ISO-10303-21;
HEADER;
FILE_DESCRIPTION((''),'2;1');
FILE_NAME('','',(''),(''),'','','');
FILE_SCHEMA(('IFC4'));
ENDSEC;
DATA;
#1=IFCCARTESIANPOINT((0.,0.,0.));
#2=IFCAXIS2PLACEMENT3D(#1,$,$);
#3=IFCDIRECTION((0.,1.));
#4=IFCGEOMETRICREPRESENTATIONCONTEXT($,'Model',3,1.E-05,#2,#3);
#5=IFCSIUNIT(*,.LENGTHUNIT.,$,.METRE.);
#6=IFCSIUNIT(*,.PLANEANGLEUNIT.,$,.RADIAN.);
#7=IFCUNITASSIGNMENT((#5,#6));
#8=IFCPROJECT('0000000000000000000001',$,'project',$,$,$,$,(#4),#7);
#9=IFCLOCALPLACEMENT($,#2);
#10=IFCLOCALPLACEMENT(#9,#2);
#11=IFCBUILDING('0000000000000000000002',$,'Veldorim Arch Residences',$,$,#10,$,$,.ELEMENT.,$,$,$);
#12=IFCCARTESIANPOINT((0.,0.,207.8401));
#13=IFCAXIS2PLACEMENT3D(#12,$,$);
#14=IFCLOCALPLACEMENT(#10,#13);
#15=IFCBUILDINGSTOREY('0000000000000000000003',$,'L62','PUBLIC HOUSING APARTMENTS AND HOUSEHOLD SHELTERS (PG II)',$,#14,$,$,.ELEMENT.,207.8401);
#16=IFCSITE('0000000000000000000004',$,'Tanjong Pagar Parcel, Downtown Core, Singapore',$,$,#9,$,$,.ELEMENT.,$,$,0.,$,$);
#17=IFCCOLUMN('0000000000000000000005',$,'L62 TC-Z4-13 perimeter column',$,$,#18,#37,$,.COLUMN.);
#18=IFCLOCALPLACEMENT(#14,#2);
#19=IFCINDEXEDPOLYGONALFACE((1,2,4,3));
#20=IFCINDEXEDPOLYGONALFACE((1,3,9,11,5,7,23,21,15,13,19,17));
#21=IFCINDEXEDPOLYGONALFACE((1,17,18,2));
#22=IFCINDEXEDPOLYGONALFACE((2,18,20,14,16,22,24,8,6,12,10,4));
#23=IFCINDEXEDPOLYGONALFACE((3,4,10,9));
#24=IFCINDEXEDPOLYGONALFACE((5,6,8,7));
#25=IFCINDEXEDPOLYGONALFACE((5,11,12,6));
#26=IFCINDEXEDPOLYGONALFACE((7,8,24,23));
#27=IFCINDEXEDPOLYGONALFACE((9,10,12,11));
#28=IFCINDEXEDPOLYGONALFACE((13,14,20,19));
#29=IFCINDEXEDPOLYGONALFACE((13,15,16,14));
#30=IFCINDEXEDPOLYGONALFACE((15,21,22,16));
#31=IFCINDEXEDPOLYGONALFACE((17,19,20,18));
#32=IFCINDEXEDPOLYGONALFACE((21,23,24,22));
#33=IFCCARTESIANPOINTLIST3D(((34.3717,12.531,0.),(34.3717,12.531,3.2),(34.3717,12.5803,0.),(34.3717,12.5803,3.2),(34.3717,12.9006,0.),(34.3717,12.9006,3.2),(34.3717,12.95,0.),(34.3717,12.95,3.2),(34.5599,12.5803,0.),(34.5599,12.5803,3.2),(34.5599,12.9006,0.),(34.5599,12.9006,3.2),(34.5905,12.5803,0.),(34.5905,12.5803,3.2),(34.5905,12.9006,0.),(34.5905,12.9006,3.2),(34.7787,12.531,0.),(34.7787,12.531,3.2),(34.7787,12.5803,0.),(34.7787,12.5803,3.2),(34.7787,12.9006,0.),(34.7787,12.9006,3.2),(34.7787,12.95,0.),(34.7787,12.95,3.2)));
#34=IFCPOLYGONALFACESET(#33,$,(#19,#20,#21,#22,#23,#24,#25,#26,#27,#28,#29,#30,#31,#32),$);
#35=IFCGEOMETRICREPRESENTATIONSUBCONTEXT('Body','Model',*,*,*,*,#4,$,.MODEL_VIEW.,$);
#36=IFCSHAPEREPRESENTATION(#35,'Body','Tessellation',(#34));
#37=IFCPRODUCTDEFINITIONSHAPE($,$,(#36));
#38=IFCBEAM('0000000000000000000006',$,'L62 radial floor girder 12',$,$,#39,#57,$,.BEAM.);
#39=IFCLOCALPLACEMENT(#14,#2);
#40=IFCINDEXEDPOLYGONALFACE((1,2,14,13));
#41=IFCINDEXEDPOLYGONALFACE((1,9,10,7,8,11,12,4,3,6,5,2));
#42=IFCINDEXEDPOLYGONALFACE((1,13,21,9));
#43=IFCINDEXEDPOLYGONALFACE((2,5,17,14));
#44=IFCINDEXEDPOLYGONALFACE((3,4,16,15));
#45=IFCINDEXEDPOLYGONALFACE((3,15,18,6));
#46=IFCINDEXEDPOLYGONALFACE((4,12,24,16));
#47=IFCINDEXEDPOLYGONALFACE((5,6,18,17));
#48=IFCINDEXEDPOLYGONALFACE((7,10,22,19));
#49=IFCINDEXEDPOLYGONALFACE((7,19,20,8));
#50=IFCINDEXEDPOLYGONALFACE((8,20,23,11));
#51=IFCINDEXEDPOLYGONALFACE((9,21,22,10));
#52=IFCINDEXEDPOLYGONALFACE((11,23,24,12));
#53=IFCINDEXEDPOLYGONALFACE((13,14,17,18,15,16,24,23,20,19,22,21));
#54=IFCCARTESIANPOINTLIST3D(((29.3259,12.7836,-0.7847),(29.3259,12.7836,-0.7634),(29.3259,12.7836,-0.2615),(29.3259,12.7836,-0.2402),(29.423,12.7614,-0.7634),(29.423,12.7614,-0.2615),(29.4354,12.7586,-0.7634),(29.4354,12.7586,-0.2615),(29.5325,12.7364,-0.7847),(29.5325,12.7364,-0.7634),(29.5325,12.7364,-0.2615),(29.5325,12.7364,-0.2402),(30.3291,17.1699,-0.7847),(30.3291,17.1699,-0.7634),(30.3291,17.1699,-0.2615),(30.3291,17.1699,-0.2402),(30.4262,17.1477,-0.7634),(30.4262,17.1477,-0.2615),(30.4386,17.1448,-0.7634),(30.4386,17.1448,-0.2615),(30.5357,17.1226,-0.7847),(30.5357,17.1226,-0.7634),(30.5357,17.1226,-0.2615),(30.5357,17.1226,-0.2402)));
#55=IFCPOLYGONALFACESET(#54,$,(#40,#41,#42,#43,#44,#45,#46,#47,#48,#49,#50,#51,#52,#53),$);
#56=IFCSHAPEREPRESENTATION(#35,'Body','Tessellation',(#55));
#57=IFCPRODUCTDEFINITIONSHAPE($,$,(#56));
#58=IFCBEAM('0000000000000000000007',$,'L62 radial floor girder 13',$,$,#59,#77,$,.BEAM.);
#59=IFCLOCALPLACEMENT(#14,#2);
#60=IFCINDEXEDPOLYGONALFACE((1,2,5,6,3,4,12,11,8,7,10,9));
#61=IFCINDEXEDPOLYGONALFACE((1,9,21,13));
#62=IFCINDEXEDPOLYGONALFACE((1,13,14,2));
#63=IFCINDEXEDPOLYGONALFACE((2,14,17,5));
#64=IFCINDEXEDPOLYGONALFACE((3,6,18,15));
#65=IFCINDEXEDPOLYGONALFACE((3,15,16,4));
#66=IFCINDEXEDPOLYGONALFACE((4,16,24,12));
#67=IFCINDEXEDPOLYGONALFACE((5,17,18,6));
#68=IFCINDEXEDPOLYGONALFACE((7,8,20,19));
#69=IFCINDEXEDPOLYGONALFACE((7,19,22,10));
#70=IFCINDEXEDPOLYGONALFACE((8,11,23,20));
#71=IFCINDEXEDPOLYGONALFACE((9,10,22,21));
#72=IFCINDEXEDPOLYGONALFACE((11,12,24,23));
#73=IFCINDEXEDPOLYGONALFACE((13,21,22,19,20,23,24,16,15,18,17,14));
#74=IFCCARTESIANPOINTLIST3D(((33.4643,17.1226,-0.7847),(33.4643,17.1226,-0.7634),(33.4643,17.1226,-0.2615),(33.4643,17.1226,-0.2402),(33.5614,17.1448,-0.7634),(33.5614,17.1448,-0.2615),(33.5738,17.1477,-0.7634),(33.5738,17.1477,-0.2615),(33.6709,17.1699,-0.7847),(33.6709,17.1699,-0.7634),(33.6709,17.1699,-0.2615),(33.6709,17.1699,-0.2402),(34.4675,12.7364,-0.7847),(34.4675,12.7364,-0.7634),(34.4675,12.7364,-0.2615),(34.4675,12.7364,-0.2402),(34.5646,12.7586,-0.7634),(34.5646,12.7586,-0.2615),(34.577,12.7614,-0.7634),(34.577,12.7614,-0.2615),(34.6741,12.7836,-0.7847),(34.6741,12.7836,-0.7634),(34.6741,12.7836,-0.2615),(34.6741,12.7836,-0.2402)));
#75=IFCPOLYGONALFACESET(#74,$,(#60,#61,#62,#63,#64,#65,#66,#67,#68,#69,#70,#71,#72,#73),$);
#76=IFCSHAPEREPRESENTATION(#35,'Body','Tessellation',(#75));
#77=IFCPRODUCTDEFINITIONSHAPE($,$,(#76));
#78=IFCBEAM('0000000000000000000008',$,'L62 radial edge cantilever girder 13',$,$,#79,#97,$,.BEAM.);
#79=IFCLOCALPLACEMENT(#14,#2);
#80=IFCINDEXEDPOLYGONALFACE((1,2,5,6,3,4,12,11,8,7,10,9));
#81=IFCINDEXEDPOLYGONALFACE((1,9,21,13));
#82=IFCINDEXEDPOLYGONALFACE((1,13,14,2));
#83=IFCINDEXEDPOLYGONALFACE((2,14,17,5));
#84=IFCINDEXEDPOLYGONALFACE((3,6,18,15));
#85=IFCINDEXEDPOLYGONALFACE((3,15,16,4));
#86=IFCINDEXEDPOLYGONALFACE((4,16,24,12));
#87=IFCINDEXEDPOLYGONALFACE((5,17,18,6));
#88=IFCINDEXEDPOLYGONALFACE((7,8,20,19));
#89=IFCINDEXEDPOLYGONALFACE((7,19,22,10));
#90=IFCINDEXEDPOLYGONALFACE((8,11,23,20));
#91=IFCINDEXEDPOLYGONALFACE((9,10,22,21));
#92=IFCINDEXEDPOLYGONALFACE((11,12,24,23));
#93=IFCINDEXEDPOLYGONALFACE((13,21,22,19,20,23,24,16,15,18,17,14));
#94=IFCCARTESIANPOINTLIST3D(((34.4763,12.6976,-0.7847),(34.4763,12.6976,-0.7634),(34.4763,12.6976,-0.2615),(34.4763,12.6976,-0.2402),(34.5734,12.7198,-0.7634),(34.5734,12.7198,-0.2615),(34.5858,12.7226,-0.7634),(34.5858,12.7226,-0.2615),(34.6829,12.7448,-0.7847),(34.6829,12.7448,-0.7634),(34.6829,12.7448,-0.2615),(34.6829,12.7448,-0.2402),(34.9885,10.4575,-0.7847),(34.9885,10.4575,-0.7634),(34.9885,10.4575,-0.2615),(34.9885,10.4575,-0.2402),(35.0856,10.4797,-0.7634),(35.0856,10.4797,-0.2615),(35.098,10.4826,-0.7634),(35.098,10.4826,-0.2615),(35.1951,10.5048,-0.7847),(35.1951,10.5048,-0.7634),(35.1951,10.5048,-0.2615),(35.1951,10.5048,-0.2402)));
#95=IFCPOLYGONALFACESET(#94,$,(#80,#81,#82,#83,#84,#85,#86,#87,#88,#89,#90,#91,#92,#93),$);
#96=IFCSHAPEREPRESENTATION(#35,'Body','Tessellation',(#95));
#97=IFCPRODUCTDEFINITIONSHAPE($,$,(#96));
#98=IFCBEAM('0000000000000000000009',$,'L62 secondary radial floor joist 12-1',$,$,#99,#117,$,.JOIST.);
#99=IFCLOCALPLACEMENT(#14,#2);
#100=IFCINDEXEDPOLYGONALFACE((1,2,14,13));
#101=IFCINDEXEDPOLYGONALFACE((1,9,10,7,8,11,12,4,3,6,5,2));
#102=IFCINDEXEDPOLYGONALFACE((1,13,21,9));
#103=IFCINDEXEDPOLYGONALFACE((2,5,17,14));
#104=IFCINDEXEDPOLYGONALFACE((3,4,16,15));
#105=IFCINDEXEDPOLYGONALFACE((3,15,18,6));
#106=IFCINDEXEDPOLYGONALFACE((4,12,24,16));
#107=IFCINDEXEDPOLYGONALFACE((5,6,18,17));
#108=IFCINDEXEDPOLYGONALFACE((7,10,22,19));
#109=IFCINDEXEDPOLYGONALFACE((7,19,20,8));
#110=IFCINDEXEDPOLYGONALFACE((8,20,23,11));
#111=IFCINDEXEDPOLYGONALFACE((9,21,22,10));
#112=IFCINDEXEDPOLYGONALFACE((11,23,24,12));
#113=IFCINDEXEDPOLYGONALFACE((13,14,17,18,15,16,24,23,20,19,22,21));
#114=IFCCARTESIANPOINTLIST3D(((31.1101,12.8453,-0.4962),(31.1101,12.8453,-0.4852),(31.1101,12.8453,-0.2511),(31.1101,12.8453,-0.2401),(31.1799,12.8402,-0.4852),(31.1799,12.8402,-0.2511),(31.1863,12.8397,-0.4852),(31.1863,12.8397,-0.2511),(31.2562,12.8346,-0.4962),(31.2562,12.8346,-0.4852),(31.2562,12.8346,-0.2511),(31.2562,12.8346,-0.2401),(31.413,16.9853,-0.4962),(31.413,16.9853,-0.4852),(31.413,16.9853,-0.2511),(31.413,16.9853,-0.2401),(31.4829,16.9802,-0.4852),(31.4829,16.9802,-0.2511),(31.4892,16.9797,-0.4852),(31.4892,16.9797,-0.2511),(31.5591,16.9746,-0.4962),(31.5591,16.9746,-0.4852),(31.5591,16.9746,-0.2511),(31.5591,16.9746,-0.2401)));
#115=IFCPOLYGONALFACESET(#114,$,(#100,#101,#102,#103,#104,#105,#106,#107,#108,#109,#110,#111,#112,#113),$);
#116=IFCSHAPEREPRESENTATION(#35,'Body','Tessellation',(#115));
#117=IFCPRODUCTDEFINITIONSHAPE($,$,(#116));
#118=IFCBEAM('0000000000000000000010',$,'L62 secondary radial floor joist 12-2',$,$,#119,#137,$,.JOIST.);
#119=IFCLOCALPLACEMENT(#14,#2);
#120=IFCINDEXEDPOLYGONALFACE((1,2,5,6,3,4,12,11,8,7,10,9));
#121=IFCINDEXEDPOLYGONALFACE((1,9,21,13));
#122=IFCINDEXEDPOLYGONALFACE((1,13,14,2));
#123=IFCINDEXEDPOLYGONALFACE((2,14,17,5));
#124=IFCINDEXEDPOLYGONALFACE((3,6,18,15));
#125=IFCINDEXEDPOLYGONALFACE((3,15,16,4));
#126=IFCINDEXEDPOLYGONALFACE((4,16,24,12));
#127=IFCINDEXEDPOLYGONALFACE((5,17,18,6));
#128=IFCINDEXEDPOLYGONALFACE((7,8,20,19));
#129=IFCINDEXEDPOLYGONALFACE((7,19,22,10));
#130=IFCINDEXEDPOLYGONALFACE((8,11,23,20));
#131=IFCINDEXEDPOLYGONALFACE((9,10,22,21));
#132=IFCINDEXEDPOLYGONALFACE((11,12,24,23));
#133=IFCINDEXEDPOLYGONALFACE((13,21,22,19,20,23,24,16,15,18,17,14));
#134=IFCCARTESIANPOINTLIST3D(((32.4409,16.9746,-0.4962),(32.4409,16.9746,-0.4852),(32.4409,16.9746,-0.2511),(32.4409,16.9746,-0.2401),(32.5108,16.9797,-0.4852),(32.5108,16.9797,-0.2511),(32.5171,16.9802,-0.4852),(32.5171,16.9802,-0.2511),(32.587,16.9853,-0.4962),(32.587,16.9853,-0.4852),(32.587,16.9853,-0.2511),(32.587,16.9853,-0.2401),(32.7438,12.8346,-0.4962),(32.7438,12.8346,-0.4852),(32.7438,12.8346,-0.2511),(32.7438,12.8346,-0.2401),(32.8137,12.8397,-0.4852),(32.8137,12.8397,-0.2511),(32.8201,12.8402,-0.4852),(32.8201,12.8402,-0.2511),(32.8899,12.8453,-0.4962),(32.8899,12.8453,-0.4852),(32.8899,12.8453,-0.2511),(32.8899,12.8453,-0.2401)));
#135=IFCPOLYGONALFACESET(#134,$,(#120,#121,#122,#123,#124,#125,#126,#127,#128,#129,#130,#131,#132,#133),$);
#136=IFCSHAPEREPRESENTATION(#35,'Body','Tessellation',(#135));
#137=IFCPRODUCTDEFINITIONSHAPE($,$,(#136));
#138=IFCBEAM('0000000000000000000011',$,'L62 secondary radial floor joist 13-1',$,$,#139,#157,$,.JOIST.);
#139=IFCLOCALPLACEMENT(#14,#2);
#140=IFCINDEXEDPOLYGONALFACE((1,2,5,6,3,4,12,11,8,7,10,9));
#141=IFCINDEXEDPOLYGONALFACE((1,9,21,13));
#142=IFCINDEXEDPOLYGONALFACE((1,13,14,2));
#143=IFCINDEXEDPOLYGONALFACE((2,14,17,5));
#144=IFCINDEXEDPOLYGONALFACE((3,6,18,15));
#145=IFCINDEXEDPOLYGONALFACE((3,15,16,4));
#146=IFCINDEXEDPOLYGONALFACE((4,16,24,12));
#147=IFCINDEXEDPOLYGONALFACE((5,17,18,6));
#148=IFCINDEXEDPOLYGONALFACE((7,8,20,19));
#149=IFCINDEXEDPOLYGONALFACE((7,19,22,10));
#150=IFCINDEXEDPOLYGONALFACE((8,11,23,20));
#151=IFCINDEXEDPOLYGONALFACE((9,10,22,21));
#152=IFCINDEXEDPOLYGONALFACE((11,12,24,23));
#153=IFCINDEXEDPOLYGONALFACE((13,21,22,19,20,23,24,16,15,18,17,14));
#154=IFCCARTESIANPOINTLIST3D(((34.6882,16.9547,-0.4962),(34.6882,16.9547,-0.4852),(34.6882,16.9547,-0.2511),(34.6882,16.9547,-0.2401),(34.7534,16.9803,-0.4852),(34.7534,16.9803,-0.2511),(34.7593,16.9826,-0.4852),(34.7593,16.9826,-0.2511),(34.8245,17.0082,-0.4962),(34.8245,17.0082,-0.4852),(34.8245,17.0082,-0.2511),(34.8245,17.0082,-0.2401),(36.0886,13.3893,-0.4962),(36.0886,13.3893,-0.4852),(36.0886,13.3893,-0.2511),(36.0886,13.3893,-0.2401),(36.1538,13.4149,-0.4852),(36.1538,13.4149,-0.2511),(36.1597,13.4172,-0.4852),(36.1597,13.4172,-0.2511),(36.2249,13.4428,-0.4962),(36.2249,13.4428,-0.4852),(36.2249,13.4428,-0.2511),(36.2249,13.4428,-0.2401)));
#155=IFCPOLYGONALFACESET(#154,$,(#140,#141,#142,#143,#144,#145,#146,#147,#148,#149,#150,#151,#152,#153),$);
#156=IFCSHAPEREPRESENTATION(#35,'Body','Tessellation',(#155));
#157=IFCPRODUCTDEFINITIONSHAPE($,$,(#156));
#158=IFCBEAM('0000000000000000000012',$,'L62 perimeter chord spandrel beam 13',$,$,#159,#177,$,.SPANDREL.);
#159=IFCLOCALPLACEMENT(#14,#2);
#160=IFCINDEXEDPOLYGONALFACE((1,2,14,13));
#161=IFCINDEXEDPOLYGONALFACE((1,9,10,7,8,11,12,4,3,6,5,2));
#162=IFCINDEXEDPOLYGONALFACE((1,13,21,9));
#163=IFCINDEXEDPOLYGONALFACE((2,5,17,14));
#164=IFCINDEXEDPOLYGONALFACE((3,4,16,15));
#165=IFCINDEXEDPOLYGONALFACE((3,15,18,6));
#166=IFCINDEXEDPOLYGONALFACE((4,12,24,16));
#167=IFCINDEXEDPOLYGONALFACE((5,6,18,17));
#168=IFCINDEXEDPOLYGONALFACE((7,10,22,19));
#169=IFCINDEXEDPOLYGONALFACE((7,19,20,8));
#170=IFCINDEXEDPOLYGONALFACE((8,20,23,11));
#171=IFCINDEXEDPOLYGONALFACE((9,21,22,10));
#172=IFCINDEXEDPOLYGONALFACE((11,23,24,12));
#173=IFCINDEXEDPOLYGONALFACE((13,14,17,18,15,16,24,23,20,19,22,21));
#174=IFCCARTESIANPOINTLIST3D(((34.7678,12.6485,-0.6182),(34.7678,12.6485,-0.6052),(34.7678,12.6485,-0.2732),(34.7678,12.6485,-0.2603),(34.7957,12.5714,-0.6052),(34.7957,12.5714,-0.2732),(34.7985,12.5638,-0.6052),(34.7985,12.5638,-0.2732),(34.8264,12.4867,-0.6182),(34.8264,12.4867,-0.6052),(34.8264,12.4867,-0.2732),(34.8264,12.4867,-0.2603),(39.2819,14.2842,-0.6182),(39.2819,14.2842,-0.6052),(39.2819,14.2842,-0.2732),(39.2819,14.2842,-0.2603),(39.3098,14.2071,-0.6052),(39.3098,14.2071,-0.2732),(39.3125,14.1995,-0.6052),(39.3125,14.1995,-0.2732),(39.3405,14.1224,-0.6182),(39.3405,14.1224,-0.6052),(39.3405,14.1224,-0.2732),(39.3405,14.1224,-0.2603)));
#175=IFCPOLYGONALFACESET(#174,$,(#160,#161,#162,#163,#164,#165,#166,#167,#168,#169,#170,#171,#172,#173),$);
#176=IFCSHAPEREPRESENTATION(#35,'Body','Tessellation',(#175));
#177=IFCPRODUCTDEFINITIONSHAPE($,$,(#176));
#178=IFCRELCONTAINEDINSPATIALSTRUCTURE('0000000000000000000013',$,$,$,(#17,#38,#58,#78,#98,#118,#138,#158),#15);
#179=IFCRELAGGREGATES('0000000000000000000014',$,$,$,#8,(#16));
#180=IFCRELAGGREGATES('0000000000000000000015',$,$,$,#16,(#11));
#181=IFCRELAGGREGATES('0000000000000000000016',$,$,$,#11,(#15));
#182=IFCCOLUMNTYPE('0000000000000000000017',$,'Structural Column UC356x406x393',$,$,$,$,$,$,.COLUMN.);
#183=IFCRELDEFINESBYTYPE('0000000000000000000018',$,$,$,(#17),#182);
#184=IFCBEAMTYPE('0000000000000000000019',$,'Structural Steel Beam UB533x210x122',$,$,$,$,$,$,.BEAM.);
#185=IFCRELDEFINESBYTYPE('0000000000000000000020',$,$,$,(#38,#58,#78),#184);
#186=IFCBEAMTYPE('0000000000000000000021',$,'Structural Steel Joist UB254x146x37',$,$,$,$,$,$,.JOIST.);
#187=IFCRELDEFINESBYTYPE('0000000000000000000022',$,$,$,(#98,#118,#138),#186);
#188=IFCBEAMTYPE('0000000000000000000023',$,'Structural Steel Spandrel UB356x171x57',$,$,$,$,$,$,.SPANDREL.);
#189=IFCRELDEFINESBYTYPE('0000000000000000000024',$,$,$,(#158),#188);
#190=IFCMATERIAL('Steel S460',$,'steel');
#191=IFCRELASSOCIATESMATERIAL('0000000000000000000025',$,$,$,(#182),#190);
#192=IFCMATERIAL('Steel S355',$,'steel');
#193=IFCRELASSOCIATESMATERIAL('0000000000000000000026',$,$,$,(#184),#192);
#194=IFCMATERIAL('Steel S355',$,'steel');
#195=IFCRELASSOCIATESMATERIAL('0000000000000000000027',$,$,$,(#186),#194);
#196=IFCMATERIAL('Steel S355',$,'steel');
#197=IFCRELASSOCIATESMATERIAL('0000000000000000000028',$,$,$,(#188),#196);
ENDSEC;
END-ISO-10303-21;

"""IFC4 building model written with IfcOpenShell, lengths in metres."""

from ifc_helpers import new_model, si_unit, direction, frame, origin, origin_2d, place, context, subcontext, project, spatial, i_section, extrude, material, material_profile, profile_set, type_object, element, save


model = new_model("IFC4")

# Units and contexts
model_context = context("Model", 3, precision=1e-05, world=origin(), true_north=direction((0.0, 1.0)))
body_context = subcontext(model_context, "Body", "Model", "MODEL_VIEW")
ifc_project = project(units=[si_unit("LENGTHUNIT", "METRE"), si_unit("PLANEANGLEUNIT", "RADIAN")], contexts=[model_context])

# Site, building, storey
site_placement = place(None, origin())
site = spatial("IfcSite", under=ifc_project, at=site_placement, Name="Tanjong Pagar Parcel, Downtown Core, Singapore", CompositionType="ELEMENT", RefElevation=0.0)
building_placement = place(site_placement, origin())
building = spatial("IfcBuilding", under=site, at=building_placement, Name="Veldorim Arch Residences", CompositionType="ELEMENT")
storey_placement = place(building_placement, frame((0.0, 0.0, 207.8401)))
storey = spatial("IfcBuildingStorey", under=building, at=storey_placement, Name="L62", Description="PUBLIC HOUSING APARTMENTS AND HOUSEHOLD SHELTERS (PG II)", CompositionType="ELEMENT", Elevation=207.8401)

# Column
ifc_material_1 = material(Name="Steel S460", Category="steel")
ifc_material_profile_1 = material_profile(ifc_material_1, i_section(OverallWidth=0.407, OverallDepth=0.4189, WebThickness=0.0305, FlangeThickness=0.0493, at=origin_2d()), Name="UC356x406x393")
ifc_profile_set_1 = profile_set([ifc_material_profile_1], Name="Steel S460")
column_type = type_object("IfcColumnType", Name="Structural Column UC356x406x393", PredefinedType="COLUMN", material=ifc_profile_set_1)
column_placement = place(storey_placement, frame((34.5752, 12.7405, 0.0), z_axis=(0.0, 0.0, 1.0), x_axis=(1.0, 0.0, 0.0)))
element("IfcColumn", 1, at=column_placement, inside=storey, type_object=column_type, Name="L62 TC-Z4-13 perimeter column", PredefinedType="COLUMN", context=body_context, shape_type="SweptSolid", body=[
    extrude(i_section(OverallWidth=0.407, OverallDepth=0.4189, WebThickness=0.0305, FlangeThickness=0.0493, at=origin_2d()), origin(), (0.0, 0.0, 1.0), 3.2),
])

# Beams
ifc_material_2 = material(Name="Steel S355", Category="steel")
ifc_material_profile_2 = material_profile(ifc_material_2, i_section(OverallWidth=0.2119, OverallDepth=0.5444, WebThickness=0.0127, FlangeThickness=0.0212, at=origin_2d()), Name="UB533x210x122")
ifc_profile_set_2 = profile_set([ifc_material_profile_2], Name="Steel S355")
beam_type_1 = type_object("IfcBeamType", Name="Structural Steel Beam UB533x210x122", PredefinedType="BEAM", material=ifc_profile_set_2)
for number, where, z_axis, x_axis, name in (
    (2, (30.4324, 17.1462, -0.5125), (-0.222953, -0.974829, 0.0), (0.974829, -0.222953, 0.0), "L62 radial floor girder 12"),
    (3, (33.5676, 17.1462, -0.5125), (0.222953, -0.974829, 0.0), (0.974829, 0.222953, 0.0), "L62 radial floor girder 13"),
):
    element("IfcBeam", number, at=place(storey_placement, frame(where, z_axis=z_axis, x_axis=x_axis)), inside=storey, type_object=beam_type_1, Name=name, PredefinedType="BEAM", context=body_context, shape_type="SweptSolid", body=[
        extrude(i_section(OverallWidth=0.2119, OverallDepth=0.5444, WebThickness=0.0127, FlangeThickness=0.0212, at=origin_2d()), origin(), (0.0, 0.0, 1.0), 4.4995),
    ])
beam_1_placement = place(storey_placement, frame((34.5796, 12.7212, -0.5125), z_axis=(0.222911, -0.974839, 0.0), x_axis=(0.974839, 0.222911, 0.0)))
element("IfcBeam", 4, at=beam_1_placement, inside=storey, type_object=beam_type_1, Name="L62 radial edge cantilever girder 13", PredefinedType="BEAM", context=body_context, shape_type="SweptSolid", body=[
    extrude(i_section(OverallWidth=0.2119, OverallDepth=0.5444, WebThickness=0.0127, FlangeThickness=0.0212, at=origin_2d()), origin(), (0.0, 0.0, 1.0), 2.2979),
])
ifc_material_3 = material(Name="Steel S355", Category="steel")
ifc_material_profile_3 = material_profile(ifc_material_3, i_section(OverallWidth=0.1465, OverallDepth=0.2561, WebThickness=0.0063, FlangeThickness=0.011, at=origin_2d()), Name="UB254x146x37")
ifc_profile_set_3 = profile_set([ifc_material_profile_3], Name="Steel S355")
beam_type_2 = type_object("IfcBeamType", Name="Structural Steel Joist UB254x146x37", PredefinedType="JOIST", material=ifc_profile_set_3)
for number, where, z_axis, x_axis, name in (
    (5, (31.4861, 16.98, -0.3682), (-0.072986, -0.997333, 0.0), (0.997333, -0.072986, 0.0), "L62 secondary radial floor joist 12-1"),
    (6, (32.5139, 16.98, -0.3682), (0.072986, -0.997333, 0.0), (0.997333, 0.072986, 0.0), "L62 secondary radial floor joist 12-2"),
):
    element("IfcBeam", number, at=place(storey_placement, frame(where, z_axis=z_axis, x_axis=x_axis)), inside=storey, type_object=beam_type_2, Name=name, PredefinedType="JOIST", context=body_context, shape_type="SweptSolid", body=[
        extrude(i_section(OverallWidth=0.1465, OverallDepth=0.2561, WebThickness=0.0063, FlangeThickness=0.011, at=origin_2d()), origin(), (0.0, 0.0, 1.0), 4.1511),
    ])
beam_2_placement = place(storey_placement, frame((34.7563, 16.9814, -0.3682), z_axis=(0.365581, -0.930779, 0.0), x_axis=(0.930779, 0.365581, 0.0)))
element("IfcBeam", 7, at=beam_2_placement, inside=storey, type_object=beam_type_2, Name="L62 secondary radial floor joist 13-1", PredefinedType="JOIST", context=body_context, shape_type="SweptSolid", body=[
    extrude(i_section(OverallWidth=0.1465, OverallDepth=0.2561, WebThickness=0.0063, FlangeThickness=0.011, at=origin_2d()), origin(), (0.0, 0.0, 1.0), 3.8306),
])
ifc_material_4 = material(Name="Steel S355", Category="steel")
ifc_material_profile_4 = material_profile(ifc_material_4, i_section(OverallWidth=0.1721, OverallDepth=0.3579, WebThickness=0.0081, FlangeThickness=0.0129, at=origin_2d()), Name="UB356x171x57")
ifc_profile_set_4 = profile_set([ifc_material_profile_4], Name="Steel S355")
beam_type_3 = type_object("IfcBeamType", Name="Structural Steel Spandrel UB356x171x57", PredefinedType="SPANDREL", material=ifc_profile_set_4)
beam_3_placement = place(storey_placement, frame((34.7971, 12.5676, -0.4392), z_axis=(0.940179, 0.340681, 0.0), x_axis=(-0.340681, 0.940179, 0.0)))
element("IfcBeam", 8, at=beam_3_placement, inside=storey, type_object=beam_type_3, Name="L62 perimeter chord spandrel beam 13", PredefinedType="SPANDREL", context=body_context, shape_type="SweptSolid", body=[
    extrude(i_section(OverallWidth=0.1721, OverallDepth=0.3579, WebThickness=0.0081, FlangeThickness=0.0129, at=origin_2d()), origin(), (0.0, 0.0, 1.0), 4.8013),
])

save(model, "model.ifc")
